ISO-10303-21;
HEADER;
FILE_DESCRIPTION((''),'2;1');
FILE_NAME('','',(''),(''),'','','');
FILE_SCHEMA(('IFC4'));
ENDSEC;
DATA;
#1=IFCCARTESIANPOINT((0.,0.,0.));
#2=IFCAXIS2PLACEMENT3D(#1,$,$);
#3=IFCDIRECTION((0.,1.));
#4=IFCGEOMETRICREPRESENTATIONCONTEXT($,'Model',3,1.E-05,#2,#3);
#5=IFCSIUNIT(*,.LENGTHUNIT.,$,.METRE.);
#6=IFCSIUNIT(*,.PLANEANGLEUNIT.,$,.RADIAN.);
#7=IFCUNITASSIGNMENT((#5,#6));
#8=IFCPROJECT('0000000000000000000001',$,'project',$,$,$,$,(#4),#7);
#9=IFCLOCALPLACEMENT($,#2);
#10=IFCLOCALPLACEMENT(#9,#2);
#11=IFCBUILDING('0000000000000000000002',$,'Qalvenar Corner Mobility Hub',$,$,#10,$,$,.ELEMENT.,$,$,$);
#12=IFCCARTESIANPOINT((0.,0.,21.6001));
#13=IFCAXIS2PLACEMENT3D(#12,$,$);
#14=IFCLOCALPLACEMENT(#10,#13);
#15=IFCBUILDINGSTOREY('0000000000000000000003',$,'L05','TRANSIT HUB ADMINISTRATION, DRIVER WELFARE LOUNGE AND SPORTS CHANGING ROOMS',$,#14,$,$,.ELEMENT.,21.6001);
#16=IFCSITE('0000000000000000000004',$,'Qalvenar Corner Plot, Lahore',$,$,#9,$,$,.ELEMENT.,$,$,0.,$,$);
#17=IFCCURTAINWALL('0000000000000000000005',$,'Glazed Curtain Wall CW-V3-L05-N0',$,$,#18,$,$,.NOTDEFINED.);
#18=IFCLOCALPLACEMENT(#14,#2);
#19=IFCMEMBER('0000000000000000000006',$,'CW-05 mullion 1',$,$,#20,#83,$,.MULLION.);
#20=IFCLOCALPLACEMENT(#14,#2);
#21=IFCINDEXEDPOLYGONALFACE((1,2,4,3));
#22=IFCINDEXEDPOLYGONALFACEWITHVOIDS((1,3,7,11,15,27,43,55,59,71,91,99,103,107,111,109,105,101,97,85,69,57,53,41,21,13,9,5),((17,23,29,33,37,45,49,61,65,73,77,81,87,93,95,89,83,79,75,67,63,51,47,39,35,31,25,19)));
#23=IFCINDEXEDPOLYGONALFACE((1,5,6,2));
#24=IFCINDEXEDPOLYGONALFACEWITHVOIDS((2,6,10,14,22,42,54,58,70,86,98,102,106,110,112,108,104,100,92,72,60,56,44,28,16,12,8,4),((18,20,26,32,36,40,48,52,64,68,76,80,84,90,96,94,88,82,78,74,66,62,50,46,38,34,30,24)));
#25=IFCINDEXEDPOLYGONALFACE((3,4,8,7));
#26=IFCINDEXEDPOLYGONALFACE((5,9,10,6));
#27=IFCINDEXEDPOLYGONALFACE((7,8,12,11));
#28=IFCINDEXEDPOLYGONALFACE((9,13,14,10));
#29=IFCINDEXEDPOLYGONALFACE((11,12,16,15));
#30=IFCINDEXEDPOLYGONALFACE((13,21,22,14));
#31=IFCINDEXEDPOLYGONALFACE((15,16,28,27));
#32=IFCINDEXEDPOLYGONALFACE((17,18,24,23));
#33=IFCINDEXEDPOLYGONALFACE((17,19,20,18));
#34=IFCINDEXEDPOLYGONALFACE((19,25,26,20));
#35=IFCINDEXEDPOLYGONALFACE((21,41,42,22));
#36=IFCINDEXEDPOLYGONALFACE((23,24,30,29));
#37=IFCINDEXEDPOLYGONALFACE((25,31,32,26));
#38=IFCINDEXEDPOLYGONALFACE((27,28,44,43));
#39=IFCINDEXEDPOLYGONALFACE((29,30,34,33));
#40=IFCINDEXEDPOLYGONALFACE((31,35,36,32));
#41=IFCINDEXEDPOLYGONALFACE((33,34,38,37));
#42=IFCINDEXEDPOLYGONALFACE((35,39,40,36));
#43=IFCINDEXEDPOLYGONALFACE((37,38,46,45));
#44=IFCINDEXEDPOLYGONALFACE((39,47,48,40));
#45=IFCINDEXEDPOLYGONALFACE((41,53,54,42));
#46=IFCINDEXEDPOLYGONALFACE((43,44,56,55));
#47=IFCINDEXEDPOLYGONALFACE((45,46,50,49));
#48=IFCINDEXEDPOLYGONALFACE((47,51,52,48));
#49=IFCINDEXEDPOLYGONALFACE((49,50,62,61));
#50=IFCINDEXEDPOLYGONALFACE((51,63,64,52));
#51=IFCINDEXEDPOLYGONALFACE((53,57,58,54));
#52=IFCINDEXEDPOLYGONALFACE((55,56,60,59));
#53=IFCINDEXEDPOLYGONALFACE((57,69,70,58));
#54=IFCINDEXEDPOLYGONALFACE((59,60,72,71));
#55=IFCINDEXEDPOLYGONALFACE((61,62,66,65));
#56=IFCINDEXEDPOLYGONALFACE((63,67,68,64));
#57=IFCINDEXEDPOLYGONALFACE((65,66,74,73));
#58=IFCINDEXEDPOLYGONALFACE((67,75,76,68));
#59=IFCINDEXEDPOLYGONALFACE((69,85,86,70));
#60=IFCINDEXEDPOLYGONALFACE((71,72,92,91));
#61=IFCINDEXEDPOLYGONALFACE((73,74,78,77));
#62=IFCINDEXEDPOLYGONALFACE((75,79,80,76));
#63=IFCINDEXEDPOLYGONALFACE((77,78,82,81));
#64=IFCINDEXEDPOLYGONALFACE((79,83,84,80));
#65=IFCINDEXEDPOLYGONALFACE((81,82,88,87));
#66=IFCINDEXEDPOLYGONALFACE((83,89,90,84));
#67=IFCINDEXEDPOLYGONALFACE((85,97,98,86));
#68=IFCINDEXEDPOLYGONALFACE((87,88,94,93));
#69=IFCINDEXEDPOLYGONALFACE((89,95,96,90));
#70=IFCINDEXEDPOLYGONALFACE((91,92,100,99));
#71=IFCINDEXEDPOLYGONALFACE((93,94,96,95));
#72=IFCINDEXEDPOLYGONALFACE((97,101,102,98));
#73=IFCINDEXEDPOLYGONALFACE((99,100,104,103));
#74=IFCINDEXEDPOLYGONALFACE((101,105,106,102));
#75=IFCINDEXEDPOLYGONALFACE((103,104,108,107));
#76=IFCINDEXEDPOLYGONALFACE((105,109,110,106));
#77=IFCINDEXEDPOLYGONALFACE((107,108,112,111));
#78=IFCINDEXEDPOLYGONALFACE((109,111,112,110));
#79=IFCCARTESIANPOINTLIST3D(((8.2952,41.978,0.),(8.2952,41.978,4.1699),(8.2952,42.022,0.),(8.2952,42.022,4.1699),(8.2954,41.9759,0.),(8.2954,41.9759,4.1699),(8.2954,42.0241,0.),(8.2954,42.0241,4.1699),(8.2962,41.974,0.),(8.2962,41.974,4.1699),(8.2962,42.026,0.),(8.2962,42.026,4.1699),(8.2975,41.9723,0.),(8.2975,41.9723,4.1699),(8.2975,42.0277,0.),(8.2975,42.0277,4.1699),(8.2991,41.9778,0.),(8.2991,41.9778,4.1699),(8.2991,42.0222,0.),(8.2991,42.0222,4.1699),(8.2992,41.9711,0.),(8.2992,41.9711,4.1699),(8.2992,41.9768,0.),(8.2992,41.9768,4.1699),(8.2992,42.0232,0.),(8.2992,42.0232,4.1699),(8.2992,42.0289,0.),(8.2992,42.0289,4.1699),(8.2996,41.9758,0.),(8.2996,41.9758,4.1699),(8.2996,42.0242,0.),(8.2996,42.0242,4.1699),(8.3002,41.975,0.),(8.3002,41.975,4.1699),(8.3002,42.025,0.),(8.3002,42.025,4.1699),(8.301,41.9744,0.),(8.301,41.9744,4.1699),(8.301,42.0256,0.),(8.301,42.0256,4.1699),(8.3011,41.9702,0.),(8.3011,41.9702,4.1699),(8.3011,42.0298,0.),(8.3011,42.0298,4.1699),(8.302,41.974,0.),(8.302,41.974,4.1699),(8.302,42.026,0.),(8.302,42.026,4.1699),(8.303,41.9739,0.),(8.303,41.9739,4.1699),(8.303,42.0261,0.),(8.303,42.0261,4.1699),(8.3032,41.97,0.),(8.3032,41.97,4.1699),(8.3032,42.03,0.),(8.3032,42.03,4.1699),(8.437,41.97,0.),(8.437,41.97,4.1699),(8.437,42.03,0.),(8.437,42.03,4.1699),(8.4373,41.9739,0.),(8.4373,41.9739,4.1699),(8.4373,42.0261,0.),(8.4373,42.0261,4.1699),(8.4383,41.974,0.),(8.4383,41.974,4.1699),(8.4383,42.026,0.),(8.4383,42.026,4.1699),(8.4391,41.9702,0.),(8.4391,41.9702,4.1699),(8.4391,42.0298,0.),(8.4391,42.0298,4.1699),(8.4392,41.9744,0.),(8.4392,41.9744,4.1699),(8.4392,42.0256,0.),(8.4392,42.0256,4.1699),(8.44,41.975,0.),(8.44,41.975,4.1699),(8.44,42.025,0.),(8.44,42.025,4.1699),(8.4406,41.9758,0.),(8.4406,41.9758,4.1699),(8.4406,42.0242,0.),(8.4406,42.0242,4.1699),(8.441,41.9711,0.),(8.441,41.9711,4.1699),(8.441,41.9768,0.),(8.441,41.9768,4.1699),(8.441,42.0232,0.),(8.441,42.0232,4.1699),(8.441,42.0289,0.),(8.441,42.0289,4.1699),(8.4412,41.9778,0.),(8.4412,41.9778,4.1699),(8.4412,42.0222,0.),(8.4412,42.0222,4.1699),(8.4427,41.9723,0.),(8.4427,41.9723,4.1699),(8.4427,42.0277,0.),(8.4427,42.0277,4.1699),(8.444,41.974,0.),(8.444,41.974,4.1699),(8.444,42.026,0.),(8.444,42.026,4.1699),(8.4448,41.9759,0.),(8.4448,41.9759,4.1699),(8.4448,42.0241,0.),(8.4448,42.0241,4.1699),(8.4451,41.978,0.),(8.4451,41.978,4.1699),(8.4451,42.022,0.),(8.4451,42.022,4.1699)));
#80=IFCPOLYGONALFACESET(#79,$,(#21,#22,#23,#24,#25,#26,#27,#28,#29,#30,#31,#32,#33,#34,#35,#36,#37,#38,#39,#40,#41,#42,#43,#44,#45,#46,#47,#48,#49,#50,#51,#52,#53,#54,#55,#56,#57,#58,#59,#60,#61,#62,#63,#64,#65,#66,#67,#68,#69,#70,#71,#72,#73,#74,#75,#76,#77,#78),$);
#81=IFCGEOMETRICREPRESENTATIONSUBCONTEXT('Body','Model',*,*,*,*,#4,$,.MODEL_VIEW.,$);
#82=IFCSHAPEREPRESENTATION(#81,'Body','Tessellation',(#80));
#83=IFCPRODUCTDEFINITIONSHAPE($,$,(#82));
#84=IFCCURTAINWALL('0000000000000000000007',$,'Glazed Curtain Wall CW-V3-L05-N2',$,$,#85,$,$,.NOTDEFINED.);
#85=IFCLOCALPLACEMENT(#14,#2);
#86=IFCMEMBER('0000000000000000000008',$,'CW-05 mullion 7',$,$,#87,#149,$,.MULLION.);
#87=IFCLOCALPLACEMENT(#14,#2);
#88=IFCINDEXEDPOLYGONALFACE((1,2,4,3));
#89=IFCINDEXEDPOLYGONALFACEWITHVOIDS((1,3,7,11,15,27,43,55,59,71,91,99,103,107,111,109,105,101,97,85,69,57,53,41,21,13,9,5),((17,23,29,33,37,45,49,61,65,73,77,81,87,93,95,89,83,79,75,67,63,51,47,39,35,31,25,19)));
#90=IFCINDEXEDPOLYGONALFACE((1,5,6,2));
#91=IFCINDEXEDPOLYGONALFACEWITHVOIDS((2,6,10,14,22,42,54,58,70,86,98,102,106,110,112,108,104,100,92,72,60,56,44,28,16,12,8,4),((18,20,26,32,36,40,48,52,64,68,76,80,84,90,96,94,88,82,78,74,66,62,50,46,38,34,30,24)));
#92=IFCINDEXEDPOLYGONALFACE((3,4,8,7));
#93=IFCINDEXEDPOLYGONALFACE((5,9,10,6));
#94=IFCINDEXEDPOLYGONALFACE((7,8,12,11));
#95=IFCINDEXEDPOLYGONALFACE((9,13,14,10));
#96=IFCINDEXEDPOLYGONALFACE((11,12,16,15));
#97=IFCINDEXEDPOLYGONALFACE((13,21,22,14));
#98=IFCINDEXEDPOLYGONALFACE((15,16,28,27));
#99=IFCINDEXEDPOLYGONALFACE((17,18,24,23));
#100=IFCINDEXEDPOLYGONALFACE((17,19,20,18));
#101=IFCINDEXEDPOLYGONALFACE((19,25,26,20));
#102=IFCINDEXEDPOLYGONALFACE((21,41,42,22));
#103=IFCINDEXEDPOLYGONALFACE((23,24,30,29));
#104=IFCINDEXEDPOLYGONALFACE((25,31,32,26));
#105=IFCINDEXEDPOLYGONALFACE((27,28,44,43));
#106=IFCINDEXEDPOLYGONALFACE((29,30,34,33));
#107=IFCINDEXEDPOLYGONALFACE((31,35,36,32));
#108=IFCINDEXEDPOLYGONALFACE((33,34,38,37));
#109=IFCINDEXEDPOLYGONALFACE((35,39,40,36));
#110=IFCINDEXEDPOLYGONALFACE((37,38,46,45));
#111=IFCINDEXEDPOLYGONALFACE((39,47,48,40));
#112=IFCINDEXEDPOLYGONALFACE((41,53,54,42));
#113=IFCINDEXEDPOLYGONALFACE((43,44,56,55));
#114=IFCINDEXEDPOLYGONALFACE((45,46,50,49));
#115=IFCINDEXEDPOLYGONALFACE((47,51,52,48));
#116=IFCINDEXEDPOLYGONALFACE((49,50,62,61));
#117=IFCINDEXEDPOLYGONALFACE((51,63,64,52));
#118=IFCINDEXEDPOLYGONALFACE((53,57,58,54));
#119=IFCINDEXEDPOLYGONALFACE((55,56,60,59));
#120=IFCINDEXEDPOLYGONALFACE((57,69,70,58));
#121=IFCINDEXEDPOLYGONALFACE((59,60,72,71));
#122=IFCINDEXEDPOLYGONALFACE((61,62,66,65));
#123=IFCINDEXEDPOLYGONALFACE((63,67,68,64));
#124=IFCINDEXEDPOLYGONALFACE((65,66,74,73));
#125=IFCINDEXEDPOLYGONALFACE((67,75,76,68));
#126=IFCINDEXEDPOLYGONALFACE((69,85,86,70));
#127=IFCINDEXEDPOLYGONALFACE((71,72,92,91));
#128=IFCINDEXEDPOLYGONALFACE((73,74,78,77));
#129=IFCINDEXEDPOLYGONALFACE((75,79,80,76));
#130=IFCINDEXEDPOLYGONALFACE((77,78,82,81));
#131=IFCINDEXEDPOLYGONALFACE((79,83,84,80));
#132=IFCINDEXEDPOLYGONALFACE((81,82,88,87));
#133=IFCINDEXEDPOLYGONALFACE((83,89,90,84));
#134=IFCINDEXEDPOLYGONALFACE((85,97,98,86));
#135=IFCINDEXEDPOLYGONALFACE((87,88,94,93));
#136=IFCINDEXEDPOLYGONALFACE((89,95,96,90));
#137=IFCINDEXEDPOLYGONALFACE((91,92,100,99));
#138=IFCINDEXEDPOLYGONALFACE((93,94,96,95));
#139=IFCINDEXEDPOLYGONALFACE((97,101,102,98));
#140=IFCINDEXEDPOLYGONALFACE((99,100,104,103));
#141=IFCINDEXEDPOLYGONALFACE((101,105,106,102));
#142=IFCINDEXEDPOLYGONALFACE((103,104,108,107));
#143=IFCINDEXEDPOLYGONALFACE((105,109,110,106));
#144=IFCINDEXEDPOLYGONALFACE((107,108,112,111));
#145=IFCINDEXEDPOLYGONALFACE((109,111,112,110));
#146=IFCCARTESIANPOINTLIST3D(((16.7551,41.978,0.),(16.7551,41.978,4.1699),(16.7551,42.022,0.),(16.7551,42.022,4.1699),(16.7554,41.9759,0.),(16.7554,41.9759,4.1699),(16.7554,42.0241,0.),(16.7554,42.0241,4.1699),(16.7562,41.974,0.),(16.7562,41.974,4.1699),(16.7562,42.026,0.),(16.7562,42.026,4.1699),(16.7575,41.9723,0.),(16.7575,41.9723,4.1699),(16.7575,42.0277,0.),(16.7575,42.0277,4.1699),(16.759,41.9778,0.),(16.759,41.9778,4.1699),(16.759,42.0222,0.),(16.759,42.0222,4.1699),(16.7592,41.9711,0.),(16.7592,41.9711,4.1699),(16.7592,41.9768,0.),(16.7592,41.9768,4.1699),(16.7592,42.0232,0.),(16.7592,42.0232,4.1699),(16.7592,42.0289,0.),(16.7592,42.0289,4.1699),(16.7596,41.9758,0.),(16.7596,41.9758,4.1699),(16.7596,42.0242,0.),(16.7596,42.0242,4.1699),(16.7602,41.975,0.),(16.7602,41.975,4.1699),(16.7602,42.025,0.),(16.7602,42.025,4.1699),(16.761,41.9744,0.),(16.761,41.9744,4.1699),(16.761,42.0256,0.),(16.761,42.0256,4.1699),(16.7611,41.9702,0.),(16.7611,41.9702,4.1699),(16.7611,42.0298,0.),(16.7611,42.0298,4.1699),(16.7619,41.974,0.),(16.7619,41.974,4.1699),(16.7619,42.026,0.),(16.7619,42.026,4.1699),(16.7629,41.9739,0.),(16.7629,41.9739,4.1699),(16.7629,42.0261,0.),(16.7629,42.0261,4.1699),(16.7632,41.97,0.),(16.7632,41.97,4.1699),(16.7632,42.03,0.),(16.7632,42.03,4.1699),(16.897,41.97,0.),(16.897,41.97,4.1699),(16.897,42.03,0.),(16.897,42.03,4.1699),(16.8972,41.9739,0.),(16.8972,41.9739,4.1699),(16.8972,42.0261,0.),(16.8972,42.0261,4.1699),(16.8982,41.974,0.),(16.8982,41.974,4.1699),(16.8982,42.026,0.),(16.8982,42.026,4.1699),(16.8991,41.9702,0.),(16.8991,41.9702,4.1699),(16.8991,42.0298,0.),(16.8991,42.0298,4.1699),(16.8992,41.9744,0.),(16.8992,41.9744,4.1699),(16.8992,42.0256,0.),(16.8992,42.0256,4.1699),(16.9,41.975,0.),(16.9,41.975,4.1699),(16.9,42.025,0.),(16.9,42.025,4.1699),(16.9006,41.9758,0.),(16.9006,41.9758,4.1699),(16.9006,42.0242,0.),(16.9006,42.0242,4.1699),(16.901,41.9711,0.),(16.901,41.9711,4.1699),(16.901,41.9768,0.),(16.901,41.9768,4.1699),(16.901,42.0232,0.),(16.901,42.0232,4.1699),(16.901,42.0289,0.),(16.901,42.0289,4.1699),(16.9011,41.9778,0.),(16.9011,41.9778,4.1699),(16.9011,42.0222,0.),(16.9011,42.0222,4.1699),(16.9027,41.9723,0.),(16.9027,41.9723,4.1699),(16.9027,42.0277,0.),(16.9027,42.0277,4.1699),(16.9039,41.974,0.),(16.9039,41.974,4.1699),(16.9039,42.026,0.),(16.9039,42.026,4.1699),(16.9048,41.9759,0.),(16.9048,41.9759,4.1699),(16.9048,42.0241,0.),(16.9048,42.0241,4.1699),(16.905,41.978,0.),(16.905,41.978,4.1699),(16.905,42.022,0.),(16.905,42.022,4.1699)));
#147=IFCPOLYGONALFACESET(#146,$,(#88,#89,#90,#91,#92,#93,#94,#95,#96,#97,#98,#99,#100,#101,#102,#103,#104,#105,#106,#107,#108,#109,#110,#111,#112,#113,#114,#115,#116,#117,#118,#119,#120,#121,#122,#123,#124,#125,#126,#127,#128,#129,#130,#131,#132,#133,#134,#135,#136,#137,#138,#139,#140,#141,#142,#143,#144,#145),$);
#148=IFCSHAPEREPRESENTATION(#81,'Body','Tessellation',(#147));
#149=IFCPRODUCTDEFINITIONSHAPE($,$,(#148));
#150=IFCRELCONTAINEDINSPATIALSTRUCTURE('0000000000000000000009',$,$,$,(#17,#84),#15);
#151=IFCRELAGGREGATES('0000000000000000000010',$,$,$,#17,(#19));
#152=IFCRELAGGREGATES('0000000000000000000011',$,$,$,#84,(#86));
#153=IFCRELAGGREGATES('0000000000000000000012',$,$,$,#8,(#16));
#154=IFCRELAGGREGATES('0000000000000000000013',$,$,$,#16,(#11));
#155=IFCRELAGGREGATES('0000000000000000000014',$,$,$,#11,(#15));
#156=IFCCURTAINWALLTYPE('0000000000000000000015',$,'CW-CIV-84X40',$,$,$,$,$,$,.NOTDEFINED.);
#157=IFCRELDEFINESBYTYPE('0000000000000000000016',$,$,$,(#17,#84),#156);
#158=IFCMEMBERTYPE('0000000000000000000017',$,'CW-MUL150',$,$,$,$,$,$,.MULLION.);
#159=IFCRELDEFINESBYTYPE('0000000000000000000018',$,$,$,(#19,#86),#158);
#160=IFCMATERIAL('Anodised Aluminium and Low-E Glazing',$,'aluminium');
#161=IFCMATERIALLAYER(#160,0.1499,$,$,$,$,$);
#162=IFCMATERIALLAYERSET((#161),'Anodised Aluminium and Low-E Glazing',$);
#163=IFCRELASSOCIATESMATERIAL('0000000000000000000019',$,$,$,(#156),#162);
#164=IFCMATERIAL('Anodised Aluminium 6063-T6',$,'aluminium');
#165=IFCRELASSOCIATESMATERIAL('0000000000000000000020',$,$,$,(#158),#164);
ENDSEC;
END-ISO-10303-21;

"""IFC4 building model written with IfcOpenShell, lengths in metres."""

from ifc_helpers import new_model, si_unit, direction, frame, origin, origin_2d, place, context, subcontext, project, spatial, hollow_rectangle, extrude, material, layer, layer_set, material_profile, profile_set, type_object, element, aggregate, save


model = new_model("IFC4")

# Units and contexts
model_context = context("Model", 3, precision=1e-05, world=origin(), true_north=direction((0.0, 1.0)))
body_context = subcontext(model_context, "Body", "Model", "MODEL_VIEW")
ifc_project = project(units=[si_unit("LENGTHUNIT", "METRE"), si_unit("PLANEANGLEUNIT", "RADIAN")], contexts=[model_context])

# Site, building, storey
site_placement = place(None, origin())
site = spatial("IfcSite", under=ifc_project, at=site_placement, Name="Qalvenar Corner Plot, Lahore", CompositionType="ELEMENT", RefElevation=0.0)
building_placement = place(site_placement, origin())
building = spatial("IfcBuilding", under=site, at=building_placement, Name="Qalvenar Corner Mobility Hub", CompositionType="ELEMENT")
storey_placement = place(building_placement, frame((0.0, 0.0, 21.6001)))
storey = spatial("IfcBuildingStorey", under=building, at=storey_placement, Name="L05", Description="TRANSIT HUB ADMINISTRATION, DRIVER WELFARE LOUNGE AND SPORTS CHANGING ROOMS", CompositionType="ELEMENT", Elevation=21.6001)

# Curtain walls, members
ifc_material_1 = material(Name="Anodised Aluminium and Low-E Glazing", Category="aluminium")
ifc_layer_1 = layer(ifc_material_1, 0.1499)
ifc_layer_set_1 = layer_set([ifc_layer_1], Name="Anodised Aluminium and Low-E Glazing")
curtain_wall_type = type_object("IfcCurtainWallType", Name="CW-CIV-84X40", PredefinedType="NOTDEFINED", material=ifc_layer_set_1)
curtain_wall_1_placement = place(storey_placement, origin())
curtain_wall_1 = element("IfcCurtainWall", 1, at=curtain_wall_1_placement, inside=storey, type_object=curtain_wall_type, Name="Glazed Curtain Wall CW-V3-L05-N0", PredefinedType="NOTDEFINED")
ifc_material_2 = material(Name="Anodised Aluminium 6063-T6", Category="aluminium")
ifc_material_profile_1 = material_profile(ifc_material_2, hollow_rectangle(XDim=0.0601, YDim=0.1499, WallThickness=0.0039, InnerFilletRadius=0.0039, OuterFilletRadius=0.0081, at=origin_2d()), Name="RHS150x60x4")
ifc_profile_set_1 = profile_set([ifc_material_profile_1], Name="Anodised Aluminium 6063-T6")
member_type_1 = type_object("IfcMemberType", Name="CW-MUL150", PredefinedType="MULLION", material=ifc_profile_set_1)
member_1_placement = place(storey_placement, frame((8.3701, 42.0, 0.0), z_axis=(0.0, 0.0, 1.0), x_axis=(0.0, -1.0, 0.0)))
member_1 = element("IfcMember", 2, at=member_1_placement, type_object=member_type_1, Name="CW-05 mullion 1", PredefinedType="MULLION", context=body_context, shape_type="SweptSolid", body=[
    extrude(hollow_rectangle(XDim=0.0601, YDim=0.1499, WallThickness=0.0039, InnerFilletRadius=0.0039, OuterFilletRadius=0.0081, at=origin_2d()), origin(), (0.0, 0.0, 1.0), 4.1699),
])
curtain_wall_2_placement = place(storey_placement, origin())
curtain_wall_2 = element("IfcCurtainWall", 3, at=curtain_wall_2_placement, inside=storey, type_object=curtain_wall_type, Name="Glazed Curtain Wall CW-V3-L05-N2", PredefinedType="NOTDEFINED")
member_2_placement = place(storey_placement, frame((16.8301, 42.0, 0.0), z_axis=(0.0, 0.0, 1.0), x_axis=(0.0, -1.0, 0.0)))
member_2 = element("IfcMember", 4, at=member_2_placement, type_object=member_type_1, Name="CW-05 mullion 7", PredefinedType="MULLION", context=body_context, shape_type="SweptSolid", body=[
    extrude(hollow_rectangle(XDim=0.0601, YDim=0.1499, WallThickness=0.0039, InnerFilletRadius=0.0039, OuterFilletRadius=0.0081, at=origin_2d()), origin(), (0.0, 0.0, 1.0), 4.1699),
])

aggregate(curtain_wall_1, [member_1])
aggregate(curtain_wall_2, [member_2])

save(model, "model.ifc")
